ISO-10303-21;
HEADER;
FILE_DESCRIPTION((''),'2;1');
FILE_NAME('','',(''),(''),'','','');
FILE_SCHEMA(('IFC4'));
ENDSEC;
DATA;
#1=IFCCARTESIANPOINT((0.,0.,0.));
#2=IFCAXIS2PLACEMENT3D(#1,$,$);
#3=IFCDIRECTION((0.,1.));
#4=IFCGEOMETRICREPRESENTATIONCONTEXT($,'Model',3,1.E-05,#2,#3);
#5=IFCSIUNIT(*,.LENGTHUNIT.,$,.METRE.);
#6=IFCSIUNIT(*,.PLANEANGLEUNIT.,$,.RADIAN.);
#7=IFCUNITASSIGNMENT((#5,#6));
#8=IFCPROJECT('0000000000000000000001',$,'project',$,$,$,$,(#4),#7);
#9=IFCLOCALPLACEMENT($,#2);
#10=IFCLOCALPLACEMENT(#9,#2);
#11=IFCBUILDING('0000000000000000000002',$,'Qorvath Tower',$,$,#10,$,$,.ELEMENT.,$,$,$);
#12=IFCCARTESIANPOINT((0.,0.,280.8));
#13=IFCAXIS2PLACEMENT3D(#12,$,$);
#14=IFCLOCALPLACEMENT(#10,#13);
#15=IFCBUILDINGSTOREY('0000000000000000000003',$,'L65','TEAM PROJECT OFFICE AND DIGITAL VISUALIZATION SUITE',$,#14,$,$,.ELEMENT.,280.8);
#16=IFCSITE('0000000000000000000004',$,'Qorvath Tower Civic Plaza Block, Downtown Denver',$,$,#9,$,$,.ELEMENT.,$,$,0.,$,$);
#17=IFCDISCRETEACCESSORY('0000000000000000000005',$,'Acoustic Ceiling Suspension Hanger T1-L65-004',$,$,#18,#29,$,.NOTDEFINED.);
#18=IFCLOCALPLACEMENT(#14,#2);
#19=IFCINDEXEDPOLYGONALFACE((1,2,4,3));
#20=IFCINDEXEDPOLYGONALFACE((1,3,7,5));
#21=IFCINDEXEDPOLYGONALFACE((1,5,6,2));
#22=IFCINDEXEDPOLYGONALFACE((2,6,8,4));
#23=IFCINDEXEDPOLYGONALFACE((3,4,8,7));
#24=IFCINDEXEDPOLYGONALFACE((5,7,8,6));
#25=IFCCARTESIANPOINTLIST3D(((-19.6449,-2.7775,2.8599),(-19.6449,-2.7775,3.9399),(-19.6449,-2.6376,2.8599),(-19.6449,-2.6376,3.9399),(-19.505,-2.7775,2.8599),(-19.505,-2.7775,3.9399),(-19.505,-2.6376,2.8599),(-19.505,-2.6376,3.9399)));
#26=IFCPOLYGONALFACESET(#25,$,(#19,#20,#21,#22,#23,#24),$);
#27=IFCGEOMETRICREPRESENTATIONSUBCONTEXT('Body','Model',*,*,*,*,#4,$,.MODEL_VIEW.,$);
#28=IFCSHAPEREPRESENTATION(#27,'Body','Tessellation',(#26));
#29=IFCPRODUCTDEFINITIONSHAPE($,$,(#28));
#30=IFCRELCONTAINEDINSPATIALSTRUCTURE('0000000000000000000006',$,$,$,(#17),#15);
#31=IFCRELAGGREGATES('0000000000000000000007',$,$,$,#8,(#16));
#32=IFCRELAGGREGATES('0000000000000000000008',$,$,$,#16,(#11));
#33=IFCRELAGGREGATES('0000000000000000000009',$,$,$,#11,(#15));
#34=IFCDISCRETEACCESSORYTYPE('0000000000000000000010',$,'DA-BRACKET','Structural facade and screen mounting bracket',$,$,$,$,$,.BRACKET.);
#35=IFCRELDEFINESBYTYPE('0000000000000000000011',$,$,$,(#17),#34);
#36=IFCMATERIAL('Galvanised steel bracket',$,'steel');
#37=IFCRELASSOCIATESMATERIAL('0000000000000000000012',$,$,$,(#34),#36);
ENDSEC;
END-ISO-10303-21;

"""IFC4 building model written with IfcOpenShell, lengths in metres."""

from ifc_helpers import new_model, si_unit, direction, frame, origin, origin_2d, place, context, subcontext, project, spatial, rectangle, extrude, material, type_object, element, save


model = new_model("IFC4")

# Units and contexts
model_context = context("Model", 3, precision=1e-05, world=origin(), true_north=direction((0.0, 1.0)))
body_context = subcontext(model_context, "Body", "Model", "MODEL_VIEW")
ifc_project = project(units=[si_unit("LENGTHUNIT", "METRE"), si_unit("PLANEANGLEUNIT", "RADIAN")], contexts=[model_context])

# Site, building, storey
site_placement = place(None, origin())
site = spatial("IfcSite", under=ifc_project, at=site_placement, Name="Qorvath Tower Civic Plaza Block, Downtown Denver", CompositionType="ELEMENT", RefElevation=0.0)
building_placement = place(site_placement, origin())
building = spatial("IfcBuilding", under=site, at=building_placement, Name="Qorvath Tower", CompositionType="ELEMENT")
storey_placement = place(building_placement, frame((0.0, 0.0, 280.8)))
storey = spatial("IfcBuildingStorey", under=building, at=storey_placement, Name="L65", Description="TEAM PROJECT OFFICE AND DIGITAL VISUALIZATION SUITE", CompositionType="ELEMENT", Elevation=280.8)

# Discrete accessory
ifc_material_1 = material(Name="Galvanised steel bracket", Category="steel")
discrete_accessory_type = type_object("IfcDiscreteAccessoryType", Name="DA-BRACKET", Description="Structural facade and screen mounting bracket", PredefinedType="BRACKET", material=ifc_material_1)
discrete_accessory_placement = place(storey_placement, frame((-19.575, -2.7075, 2.8599), z_axis=(0.0, 0.0, 1.0), x_axis=(1.0, 0.0, 0.0)))
element("IfcDiscreteAccessory", 1, at=discrete_accessory_placement, inside=storey, type_object=discrete_accessory_type, Name="Acoustic Ceiling Suspension Hanger T1-L65-004", PredefinedType="NOTDEFINED", context=body_context, shape_type="SweptSolid", body=[
    extrude(rectangle(XDim=0.1399, YDim=0.1399, at=origin_2d()), origin(), (0.0, 0.0, 1.0), 1.0801),
])

save(model, "model.ifc")
